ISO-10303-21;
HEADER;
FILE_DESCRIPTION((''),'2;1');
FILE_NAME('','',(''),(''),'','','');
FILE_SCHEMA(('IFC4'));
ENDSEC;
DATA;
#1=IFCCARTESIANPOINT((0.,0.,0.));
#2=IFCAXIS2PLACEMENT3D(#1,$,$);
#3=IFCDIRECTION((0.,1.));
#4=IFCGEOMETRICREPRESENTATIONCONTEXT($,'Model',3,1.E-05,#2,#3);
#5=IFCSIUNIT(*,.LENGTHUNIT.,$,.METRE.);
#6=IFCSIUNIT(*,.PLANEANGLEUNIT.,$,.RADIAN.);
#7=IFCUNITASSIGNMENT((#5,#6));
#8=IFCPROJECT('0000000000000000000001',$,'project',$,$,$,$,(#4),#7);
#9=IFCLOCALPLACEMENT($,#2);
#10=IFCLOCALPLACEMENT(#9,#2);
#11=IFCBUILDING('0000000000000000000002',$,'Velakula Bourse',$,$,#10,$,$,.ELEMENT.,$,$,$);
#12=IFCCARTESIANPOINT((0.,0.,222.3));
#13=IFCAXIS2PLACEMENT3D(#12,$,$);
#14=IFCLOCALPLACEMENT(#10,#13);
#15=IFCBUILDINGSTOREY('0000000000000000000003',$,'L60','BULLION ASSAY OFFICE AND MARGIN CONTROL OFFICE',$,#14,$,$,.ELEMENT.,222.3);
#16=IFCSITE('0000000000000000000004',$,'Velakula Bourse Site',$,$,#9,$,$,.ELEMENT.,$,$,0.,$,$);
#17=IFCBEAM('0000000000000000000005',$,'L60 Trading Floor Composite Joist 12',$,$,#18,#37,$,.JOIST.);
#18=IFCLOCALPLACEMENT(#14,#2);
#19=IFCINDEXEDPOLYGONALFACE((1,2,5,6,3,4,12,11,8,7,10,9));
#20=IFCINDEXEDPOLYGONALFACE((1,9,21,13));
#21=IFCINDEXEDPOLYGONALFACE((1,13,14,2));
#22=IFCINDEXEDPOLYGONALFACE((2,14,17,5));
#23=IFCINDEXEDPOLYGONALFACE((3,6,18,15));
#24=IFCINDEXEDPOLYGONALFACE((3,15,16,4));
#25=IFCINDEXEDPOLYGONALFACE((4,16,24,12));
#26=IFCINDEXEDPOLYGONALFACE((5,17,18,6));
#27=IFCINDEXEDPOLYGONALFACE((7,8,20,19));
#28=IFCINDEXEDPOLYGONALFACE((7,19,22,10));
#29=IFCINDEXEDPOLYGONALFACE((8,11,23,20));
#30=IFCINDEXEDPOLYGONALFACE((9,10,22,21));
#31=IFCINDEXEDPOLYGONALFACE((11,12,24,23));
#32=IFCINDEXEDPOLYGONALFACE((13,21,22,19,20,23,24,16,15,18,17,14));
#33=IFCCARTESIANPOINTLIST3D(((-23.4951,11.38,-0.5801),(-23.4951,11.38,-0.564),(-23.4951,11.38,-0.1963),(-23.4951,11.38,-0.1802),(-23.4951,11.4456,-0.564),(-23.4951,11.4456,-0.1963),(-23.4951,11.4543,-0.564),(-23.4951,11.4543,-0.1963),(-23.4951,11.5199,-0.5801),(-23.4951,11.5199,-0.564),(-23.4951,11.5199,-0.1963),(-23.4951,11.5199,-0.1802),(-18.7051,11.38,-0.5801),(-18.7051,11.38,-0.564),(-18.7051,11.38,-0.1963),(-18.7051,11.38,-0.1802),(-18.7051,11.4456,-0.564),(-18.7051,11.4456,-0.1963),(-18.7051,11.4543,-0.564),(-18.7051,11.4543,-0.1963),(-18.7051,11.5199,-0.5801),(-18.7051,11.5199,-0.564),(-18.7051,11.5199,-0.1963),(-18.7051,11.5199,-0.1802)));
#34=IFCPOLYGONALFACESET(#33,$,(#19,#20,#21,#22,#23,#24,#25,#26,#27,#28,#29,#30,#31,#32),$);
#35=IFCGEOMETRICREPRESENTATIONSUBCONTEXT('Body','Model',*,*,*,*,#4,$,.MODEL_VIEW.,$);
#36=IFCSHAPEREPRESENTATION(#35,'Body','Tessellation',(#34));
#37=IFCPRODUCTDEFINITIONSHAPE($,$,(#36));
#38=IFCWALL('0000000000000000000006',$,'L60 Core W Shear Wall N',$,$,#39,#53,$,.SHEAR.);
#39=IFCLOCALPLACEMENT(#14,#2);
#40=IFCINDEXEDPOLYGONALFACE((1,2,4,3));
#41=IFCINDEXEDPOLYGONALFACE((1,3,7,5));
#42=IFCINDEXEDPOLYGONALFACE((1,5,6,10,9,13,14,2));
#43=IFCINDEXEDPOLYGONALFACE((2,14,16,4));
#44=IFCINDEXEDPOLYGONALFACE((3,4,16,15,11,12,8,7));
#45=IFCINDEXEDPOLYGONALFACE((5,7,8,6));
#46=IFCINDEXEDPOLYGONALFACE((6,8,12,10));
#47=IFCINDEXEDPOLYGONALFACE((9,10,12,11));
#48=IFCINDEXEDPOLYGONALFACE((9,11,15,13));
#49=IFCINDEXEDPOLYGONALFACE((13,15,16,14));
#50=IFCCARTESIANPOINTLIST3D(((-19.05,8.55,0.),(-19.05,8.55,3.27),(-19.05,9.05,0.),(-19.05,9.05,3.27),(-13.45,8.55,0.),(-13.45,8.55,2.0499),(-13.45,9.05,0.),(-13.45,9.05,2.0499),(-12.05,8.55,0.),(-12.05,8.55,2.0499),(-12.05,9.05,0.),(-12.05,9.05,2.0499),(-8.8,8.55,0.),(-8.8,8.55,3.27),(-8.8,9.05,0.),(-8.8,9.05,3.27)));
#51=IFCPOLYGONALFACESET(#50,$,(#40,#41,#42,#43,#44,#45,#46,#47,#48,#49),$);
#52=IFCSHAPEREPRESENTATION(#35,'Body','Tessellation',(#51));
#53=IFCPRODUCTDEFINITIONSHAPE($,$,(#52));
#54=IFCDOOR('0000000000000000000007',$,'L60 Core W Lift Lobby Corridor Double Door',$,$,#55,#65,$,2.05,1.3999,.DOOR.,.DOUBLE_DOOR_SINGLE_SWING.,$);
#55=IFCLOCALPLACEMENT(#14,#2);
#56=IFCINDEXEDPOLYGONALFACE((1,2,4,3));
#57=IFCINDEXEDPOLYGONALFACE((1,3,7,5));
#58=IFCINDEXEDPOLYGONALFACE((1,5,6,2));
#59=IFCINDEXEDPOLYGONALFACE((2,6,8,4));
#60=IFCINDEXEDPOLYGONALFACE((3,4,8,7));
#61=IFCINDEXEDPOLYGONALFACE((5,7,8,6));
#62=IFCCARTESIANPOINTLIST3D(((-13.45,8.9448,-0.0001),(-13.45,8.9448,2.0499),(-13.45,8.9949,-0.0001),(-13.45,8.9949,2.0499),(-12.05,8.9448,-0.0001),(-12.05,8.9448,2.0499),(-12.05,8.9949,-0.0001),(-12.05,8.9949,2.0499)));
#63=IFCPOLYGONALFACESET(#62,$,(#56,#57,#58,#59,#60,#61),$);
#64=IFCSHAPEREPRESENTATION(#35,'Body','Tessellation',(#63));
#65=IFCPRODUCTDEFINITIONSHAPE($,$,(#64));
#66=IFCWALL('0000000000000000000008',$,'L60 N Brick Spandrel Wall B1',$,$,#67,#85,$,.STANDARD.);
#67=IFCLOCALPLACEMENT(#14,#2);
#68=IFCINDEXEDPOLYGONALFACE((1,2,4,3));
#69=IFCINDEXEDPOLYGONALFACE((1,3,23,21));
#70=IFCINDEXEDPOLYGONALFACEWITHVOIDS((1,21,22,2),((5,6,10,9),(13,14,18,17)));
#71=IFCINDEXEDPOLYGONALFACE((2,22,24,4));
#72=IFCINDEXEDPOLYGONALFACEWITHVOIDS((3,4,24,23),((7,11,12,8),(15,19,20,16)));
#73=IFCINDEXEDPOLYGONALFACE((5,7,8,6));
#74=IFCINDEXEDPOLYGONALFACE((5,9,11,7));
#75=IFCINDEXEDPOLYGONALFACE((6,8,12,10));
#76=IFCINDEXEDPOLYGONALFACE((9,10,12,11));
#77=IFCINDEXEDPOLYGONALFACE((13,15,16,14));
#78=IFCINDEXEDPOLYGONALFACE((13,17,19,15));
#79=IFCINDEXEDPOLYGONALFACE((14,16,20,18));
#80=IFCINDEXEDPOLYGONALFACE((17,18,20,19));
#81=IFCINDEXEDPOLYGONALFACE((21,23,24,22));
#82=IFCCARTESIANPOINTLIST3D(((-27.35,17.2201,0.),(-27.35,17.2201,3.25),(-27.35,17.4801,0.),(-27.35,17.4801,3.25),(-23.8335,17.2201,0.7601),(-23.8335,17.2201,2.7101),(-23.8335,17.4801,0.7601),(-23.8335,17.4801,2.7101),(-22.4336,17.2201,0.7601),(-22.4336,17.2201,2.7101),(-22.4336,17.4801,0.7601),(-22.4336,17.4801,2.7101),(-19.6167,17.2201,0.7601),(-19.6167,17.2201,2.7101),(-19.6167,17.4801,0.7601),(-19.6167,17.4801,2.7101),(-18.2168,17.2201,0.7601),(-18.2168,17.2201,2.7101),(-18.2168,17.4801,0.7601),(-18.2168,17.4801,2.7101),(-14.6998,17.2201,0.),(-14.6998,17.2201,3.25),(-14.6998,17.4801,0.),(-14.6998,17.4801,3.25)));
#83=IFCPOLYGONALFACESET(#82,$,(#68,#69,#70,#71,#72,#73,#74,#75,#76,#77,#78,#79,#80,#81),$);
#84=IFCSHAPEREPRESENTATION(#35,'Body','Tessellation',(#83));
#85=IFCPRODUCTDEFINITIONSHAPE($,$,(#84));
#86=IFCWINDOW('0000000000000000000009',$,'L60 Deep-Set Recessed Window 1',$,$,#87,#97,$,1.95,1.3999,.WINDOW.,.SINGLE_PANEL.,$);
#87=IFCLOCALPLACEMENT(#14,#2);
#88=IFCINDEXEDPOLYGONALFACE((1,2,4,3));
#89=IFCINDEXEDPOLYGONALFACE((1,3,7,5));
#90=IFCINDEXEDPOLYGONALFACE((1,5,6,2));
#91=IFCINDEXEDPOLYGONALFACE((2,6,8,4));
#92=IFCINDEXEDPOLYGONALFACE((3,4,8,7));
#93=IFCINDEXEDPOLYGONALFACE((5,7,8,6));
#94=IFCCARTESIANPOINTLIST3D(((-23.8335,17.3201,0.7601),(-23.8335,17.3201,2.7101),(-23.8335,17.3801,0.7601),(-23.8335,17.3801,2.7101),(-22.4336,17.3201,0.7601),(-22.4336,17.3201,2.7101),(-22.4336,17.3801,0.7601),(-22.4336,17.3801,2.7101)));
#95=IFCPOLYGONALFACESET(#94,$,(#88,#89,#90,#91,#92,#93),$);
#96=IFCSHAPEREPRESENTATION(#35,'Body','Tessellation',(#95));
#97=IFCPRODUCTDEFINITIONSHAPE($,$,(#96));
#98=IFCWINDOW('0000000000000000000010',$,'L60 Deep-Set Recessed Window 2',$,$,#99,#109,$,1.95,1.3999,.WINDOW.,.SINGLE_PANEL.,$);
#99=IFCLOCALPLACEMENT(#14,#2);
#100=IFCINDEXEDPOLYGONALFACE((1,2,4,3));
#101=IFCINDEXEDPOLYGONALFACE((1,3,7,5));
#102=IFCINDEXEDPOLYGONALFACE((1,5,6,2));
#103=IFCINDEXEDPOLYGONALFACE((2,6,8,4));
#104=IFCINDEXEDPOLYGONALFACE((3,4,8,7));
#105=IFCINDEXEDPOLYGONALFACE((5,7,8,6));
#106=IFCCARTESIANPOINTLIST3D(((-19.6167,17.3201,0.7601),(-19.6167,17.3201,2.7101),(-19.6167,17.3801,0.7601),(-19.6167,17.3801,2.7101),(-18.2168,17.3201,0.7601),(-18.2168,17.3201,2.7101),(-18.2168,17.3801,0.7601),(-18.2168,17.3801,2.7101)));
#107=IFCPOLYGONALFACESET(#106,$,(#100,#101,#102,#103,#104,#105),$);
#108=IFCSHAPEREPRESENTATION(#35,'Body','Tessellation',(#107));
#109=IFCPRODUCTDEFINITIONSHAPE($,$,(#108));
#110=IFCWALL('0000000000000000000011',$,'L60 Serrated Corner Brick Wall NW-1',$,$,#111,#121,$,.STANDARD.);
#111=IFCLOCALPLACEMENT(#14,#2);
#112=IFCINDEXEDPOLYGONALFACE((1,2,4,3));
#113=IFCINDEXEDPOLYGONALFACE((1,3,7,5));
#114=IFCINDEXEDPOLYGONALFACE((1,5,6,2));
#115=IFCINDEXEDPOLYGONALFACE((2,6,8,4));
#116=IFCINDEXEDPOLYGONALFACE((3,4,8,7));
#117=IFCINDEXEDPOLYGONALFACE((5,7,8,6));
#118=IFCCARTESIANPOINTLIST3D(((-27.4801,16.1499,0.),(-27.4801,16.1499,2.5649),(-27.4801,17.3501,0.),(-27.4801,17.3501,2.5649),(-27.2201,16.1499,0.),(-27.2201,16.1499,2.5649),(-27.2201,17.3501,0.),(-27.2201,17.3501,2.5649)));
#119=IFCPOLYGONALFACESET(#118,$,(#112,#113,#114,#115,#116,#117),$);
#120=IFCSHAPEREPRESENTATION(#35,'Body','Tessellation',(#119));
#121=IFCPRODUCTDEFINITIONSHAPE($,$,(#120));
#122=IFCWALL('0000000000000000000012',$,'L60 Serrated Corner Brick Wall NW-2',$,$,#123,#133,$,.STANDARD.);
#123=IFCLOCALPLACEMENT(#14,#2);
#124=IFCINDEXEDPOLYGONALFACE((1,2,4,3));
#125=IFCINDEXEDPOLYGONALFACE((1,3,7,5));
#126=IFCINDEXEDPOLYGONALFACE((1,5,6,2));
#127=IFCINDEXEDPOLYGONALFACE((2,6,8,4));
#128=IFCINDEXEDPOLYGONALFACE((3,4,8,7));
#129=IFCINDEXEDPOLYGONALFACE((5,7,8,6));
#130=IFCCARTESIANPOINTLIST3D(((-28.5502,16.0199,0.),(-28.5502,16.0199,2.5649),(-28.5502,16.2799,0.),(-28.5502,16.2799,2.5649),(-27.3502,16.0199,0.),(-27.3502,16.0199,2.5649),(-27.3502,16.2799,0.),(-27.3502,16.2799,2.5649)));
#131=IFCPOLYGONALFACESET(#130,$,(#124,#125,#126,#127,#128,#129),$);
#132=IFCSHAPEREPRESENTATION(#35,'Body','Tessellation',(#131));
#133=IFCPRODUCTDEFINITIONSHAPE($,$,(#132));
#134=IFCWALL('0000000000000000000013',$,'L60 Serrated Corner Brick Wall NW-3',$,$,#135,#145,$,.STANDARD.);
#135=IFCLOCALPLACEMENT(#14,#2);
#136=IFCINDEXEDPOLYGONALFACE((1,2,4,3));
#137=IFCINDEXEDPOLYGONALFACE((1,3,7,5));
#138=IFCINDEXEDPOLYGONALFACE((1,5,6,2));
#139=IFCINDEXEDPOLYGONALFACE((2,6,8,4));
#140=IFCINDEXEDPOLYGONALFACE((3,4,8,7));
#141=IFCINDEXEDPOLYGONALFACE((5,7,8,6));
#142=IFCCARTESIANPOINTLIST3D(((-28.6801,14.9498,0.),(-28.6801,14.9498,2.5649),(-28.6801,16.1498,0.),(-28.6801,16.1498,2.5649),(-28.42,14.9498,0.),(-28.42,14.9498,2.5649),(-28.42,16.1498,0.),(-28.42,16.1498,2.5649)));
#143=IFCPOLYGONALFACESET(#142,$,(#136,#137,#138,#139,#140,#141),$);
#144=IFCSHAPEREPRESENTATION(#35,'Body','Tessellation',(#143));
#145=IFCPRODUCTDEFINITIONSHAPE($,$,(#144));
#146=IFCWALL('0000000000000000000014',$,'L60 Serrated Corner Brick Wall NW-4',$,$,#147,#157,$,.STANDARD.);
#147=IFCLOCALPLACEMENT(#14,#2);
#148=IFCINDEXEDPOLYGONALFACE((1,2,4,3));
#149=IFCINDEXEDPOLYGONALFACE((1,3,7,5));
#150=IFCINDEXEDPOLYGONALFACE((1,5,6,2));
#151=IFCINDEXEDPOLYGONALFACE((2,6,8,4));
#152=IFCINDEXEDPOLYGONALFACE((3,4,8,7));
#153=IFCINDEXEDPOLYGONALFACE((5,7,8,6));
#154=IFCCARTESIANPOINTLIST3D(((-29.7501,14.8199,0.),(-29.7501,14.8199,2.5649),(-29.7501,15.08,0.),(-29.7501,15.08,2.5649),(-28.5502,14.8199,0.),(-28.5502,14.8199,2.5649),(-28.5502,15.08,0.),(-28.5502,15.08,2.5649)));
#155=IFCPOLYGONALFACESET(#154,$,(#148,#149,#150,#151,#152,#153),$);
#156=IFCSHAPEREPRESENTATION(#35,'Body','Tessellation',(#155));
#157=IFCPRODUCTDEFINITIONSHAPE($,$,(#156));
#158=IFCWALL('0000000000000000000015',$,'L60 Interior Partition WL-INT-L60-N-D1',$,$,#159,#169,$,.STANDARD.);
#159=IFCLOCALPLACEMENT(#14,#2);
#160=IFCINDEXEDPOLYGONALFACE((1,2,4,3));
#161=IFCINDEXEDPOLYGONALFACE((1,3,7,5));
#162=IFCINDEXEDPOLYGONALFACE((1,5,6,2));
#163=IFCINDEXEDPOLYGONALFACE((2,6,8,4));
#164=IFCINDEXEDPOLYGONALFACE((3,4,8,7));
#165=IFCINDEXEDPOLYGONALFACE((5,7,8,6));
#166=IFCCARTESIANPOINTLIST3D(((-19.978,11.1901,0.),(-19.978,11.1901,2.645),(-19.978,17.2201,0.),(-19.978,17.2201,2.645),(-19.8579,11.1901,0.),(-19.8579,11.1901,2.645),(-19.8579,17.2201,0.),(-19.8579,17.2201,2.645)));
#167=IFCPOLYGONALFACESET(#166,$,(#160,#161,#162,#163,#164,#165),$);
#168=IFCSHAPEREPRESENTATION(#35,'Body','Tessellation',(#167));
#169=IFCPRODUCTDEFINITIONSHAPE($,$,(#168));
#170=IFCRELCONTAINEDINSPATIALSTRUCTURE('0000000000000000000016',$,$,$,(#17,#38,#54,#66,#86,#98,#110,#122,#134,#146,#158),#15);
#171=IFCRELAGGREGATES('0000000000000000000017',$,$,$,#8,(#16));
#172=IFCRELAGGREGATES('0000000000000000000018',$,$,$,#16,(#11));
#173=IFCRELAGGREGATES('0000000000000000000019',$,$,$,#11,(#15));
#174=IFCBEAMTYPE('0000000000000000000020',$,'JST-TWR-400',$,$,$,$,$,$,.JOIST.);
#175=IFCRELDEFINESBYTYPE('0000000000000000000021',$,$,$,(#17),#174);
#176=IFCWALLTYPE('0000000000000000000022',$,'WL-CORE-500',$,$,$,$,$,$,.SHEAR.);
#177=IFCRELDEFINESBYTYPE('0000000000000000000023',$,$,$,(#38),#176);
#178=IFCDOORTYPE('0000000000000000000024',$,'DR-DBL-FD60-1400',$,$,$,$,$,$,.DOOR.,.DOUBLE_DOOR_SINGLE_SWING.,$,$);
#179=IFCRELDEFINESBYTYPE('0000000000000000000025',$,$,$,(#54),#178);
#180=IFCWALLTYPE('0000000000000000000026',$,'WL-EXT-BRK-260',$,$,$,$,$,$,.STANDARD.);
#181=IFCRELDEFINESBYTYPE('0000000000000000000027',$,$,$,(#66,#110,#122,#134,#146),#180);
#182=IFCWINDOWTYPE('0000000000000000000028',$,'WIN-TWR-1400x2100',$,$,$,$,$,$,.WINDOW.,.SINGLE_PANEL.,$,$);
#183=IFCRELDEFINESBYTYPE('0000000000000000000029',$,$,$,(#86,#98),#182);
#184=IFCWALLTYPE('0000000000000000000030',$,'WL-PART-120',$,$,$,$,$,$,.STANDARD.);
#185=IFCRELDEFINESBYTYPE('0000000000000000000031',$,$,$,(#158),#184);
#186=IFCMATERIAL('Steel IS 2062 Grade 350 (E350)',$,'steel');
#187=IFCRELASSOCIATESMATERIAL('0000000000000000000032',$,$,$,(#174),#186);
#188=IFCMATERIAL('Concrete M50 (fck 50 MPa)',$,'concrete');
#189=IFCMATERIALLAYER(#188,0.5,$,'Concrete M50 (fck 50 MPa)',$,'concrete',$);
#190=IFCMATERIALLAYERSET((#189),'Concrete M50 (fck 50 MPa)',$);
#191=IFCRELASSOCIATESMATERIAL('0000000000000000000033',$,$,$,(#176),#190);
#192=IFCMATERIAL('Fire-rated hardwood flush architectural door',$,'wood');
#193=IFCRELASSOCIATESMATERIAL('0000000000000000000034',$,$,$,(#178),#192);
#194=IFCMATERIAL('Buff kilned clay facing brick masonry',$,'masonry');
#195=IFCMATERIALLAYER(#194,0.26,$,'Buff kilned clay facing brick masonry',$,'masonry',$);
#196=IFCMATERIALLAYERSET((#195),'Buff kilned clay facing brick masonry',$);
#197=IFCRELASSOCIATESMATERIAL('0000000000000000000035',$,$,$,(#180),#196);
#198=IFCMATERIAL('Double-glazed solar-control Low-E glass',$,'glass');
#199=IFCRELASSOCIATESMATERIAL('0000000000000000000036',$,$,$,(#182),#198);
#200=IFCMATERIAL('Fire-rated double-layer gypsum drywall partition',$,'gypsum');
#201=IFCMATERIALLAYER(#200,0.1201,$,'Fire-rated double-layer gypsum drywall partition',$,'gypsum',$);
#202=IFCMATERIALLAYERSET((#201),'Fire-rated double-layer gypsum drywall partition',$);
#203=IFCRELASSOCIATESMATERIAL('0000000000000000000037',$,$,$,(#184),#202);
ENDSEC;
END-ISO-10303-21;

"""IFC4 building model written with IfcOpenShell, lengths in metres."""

from ifc_helpers import new_model, si_unit, direction, frame, frame_2d, origin, origin_2d, place, context, subcontext, project, spatial, rectangle, i_section, extrude, material, layer, layer_set, material_profile, profile_set, type_object, element, fill, save


model = new_model("IFC4")

# Units and contexts
model_context = context("Model", 3, precision=1e-05, world=origin(), true_north=direction((0.0, 1.0)))
body_context = subcontext(model_context, "Body", "Model", "MODEL_VIEW")
ifc_project = project(units=[si_unit("LENGTHUNIT", "METRE"), si_unit("PLANEANGLEUNIT", "RADIAN")], contexts=[model_context])

# Site, building, storey
site_placement = place(None, origin())
site = spatial("IfcSite", under=ifc_project, at=site_placement, Name="Velakula Bourse Site", CompositionType="ELEMENT", RefElevation=0.0)
building_placement = place(site_placement, origin())
building = spatial("IfcBuilding", under=site, at=building_placement, Name="Velakula Bourse", CompositionType="ELEMENT")
storey_placement = place(building_placement, frame((0.0, 0.0, 222.3)))
storey = spatial("IfcBuildingStorey", under=building, at=storey_placement, Name="L60", Description="BULLION ASSAY OFFICE AND MARGIN CONTROL OFFICE", CompositionType="ELEMENT", Elevation=222.3)

# Shared definitions
ifc_material_1 = material(Name="Steel IS 2062 Grade 350 (E350)", Category="steel")

# Beam
ifc_material_profile_1 = material_profile(ifc_material_1, i_section(OverallWidth=0.1399, OverallDepth=0.3999, WebThickness=0.0088, FlangeThickness=0.0161, at=origin_2d()), Name="Steel IS 2062 Grade 350 (E350)")
ifc_profile_set_1 = profile_set([ifc_material_profile_1], Name="Steel IS 2062 Grade 350 (E350)")
beam_type_1 = type_object("IfcBeamType", Name="JST-TWR-400", PredefinedType="JOIST", material=ifc_profile_set_1)
beam_1_placement = place(storey_placement, frame((-23.4951, 11.45, -0.3801), z_axis=(1.0, 0.0, 0.0), x_axis=(0.0, 1.0, 0.0)))
element("IfcBeam", 1, at=beam_1_placement, inside=storey, type_object=beam_type_1, Name="L60 Trading Floor Composite Joist 12", PredefinedType="JOIST", context=body_context, shape_type="SweptSolid", body=[
    extrude(i_section(OverallWidth=0.1399, OverallDepth=0.3999, WebThickness=0.0088, FlangeThickness=0.0161, at=origin_2d()), origin(), (0.0, 0.0, 1.0), 4.79),
])

# Wall, opening, door
ifc_material_2 = material(Name="Concrete M50 (fck 50 MPa)", Category="concrete")
ifc_layer_1 = layer(ifc_material_2, 0.5, Name="Concrete M50 (fck 50 MPa)", Category="concrete")
ifc_layer_set_1 = layer_set([ifc_layer_1], Name="Concrete M50 (fck 50 MPa)")
wall_type_1 = type_object("IfcWallType", Name="WL-CORE-500", PredefinedType="SHEAR", material=ifc_layer_set_1)
wall_1_placement = place(storey_placement, frame((-19.05, 8.8, 0.0), z_axis=(0.0, 0.0, 1.0), x_axis=(1.0, 0.0, 0.0)))
wall_1 = element("IfcWall", 2, at=wall_1_placement, inside=storey, type_object=wall_type_1, Name="L60 Core W Shear Wall N", PredefinedType="SHEAR", context=body_context, shape_type="SweptSolid", body=[
    extrude(rectangle(XDim=10.25, YDim=0.5, at=frame_2d((5.125, 0.0))), origin(), (0.0, 0.0, 1.0), 3.27),
])
opening_1_placement = place(wall_1_placement, frame((5.6001, 0.0, 0.0)))
opening_1 = element("IfcOpeningElement", 3, at=opening_1_placement, cuts=wall_1, PredefinedType="OPENING", context=body_context, shape_type="SweptSolid", body=[
    extrude(rectangle(XDim=1.3999, YDim=2.05, at=frame_2d((0.7, 1.0249))), frame((0.0, 0.26, 0.0), z_axis=(0.0, -1.0, 0.0), x_axis=(1.0, 0.0, 0.0)), (0.0, 0.0, 1.0), 0.52),
])
ifc_material_3 = material(Name="Fire-rated hardwood flush architectural door", Category="wood")
door_type_1 = type_object("IfcDoorType", Name="DR-DBL-FD60-1400", OperationType="DOUBLE_DOOR_SINGLE_SWING", PredefinedType="DOOR", material=ifc_material_3)
door_1_placement = place(opening_1_placement, origin())
door_1 = element("IfcDoor", 4, at=door_1_placement, inside=storey, type_object=door_type_1, Name="L60 Core W Lift Lobby Corridor Double Door", OperationType="DOUBLE_DOOR_SINGLE_SWING", OverallHeight=2.05, OverallWidth=1.3999, PredefinedType="DOOR", context=body_context, shape_type="SweptSolid", body=[
    extrude(rectangle(XDim=1.3999, YDim=2.05, at=frame_2d((0.7, 1.0249))), frame((0.0, 0.1948, 0.0), z_axis=(0.0, -1.0, 0.0), x_axis=(1.0, 0.0, 0.0)), (0.0, 0.0, 1.0), 0.05),
])
fill(opening_1, door_1)

# Wall, openings, windows
ifc_material_4 = material(Name="Buff kilned clay facing brick masonry", Category="masonry")
ifc_layer_2 = layer(ifc_material_4, 0.26, Name="Buff kilned clay facing brick masonry", Category="masonry")
ifc_layer_set_2 = layer_set([ifc_layer_2], Name="Buff kilned clay facing brick masonry")
wall_type_2 = type_object("IfcWallType", Name="WL-EXT-BRK-260", PredefinedType="STANDARD", material=ifc_layer_set_2)
wall_2_placement = place(storey_placement, frame((-27.3501, 17.3501, 0.0), z_axis=(0.0, 0.0, 1.0), x_axis=(1.0, 0.0, 0.0)))
wall_2 = element("IfcWall", 5, at=wall_2_placement, inside=storey, type_object=wall_type_2, Name="L60 N Brick Spandrel Wall B1", PredefinedType="STANDARD", context=body_context, shape_type="SweptSolid", body=[
    extrude(rectangle(XDim=12.6501, YDim=0.26, at=frame_2d((6.3252, 0.0))), origin(), (0.0, 0.0, 1.0), 3.25),
])
opening_2_placement = place(wall_2_placement, frame((3.5166, 0.0, 0.76)))
opening_2 = element("IfcOpeningElement", 6, at=opening_2_placement, cuts=wall_2, PredefinedType="OPENING", context=body_context, shape_type="SweptSolid", body=[
    extrude(rectangle(XDim=1.3999, YDim=1.95, at=frame_2d((0.7, 0.9751))), frame((0.0, 0.1399, 0.0), z_axis=(0.0, -1.0, 0.0), x_axis=(1.0, 0.0, 0.0)), (0.0, 0.0, 1.0), 0.28),
])
opening_3_placement = place(wall_2_placement, frame((7.7334, 0.0, 0.76)))
opening_3 = element("IfcOpeningElement", 7, at=opening_3_placement, cuts=wall_2, PredefinedType="OPENING", context=body_context, shape_type="SweptSolid", body=[
    extrude(rectangle(XDim=1.3999, YDim=1.95, at=frame_2d((0.7, 0.9751))), frame((0.0, 0.1399, 0.0), z_axis=(0.0, -1.0, 0.0), x_axis=(1.0, 0.0, 0.0)), (0.0, 0.0, 1.0), 0.28),
])
ifc_material_5 = material(Name="Double-glazed solar-control Low-E glass", Category="glass")
window_type = type_object("IfcWindowType", Name="WIN-TWR-1400x2100", PartitioningType="SINGLE_PANEL", PredefinedType="WINDOW", material=ifc_material_5)
window_1_placement = place(opening_2_placement, origin())
window_1 = element("IfcWindow", 8, at=window_1_placement, inside=storey, type_object=window_type, Name="L60 Deep-Set Recessed Window 1", OverallHeight=1.95, OverallWidth=1.3999, PartitioningType="SINGLE_PANEL", PredefinedType="WINDOW", context=body_context, shape_type="SweptSolid", body=[
    extrude(rectangle(XDim=1.3999, YDim=1.95, at=frame_2d((0.7, 0.9751))), frame((0.0, 0.03, 0.0), z_axis=(0.0, -1.0, 0.0), x_axis=(1.0, 0.0, 0.0)), (0.0, 0.0, 1.0), 0.0601),
])
fill(opening_2, window_1)
window_2_placement = place(opening_3_placement, origin())
window_2 = element("IfcWindow", 9, at=window_2_placement, inside=storey, type_object=window_type, Name="L60 Deep-Set Recessed Window 2", OverallHeight=1.95, OverallWidth=1.3999, PartitioningType="SINGLE_PANEL", PredefinedType="WINDOW", context=body_context, shape_type="SweptSolid", body=[
    extrude(rectangle(XDim=1.3999, YDim=1.95, at=frame_2d((0.7, 0.9751))), frame((0.0, 0.03, 0.0), z_axis=(0.0, -1.0, 0.0), x_axis=(1.0, 0.0, 0.0)), (0.0, 0.0, 1.0), 0.0601),
])
fill(opening_3, window_2)

# Walls
wall_3_placement = place(storey_placement, frame((-27.3501, 17.3501, 0.0), z_axis=(0.0, 0.0, 1.0), x_axis=(0.0, -1.0, 0.0)))
element("IfcWall", 10, at=wall_3_placement, inside=storey, type_object=wall_type_2, Name="L60 Serrated Corner Brick Wall NW-1", PredefinedType="STANDARD", context=body_context, shape_type="SweptSolid", body=[
    extrude(rectangle(XDim=1.2002, YDim=0.26, at=frame_2d((0.6001, 0.0))), origin(), (0.0, 0.0, 1.0), 2.5649),
])
for number, where, z_axis, x_axis, name in (
    (11, (-27.3501, 16.1499, 0.0), (0.0, 0.0, 1.0), (-1.0, 0.0, 0.0), "L60 Serrated Corner Brick Wall NW-2"),
    (12, (-28.55, 16.1499, 0.0), (0.0, 0.0, 1.0), (0.0, -1.0, 0.0), "L60 Serrated Corner Brick Wall NW-3"),
    (13, (-28.55, 14.95, 0.0), (0.0, 0.0, 1.0), (-1.0, 0.0, 0.0), "L60 Serrated Corner Brick Wall NW-4"),
):
    element("IfcWall", number, at=place(storey_placement, frame(where, z_axis=z_axis, x_axis=x_axis)), inside=storey, type_object=wall_type_2, Name=name, PredefinedType="STANDARD", context=body_context, shape_type="SweptSolid", body=[
        extrude(rectangle(XDim=1.2, YDim=0.26, at=frame_2d((0.6001, 0.0))), origin(), (0.0, 0.0, 1.0), 2.5649),
    ])
ifc_material_6 = material(Name="Fire-rated double-layer gypsum drywall partition", Category="gypsum")
ifc_layer_3 = layer(ifc_material_6, 0.1201, Name="Fire-rated double-layer gypsum drywall partition", Category="gypsum")
ifc_layer_set_3 = layer_set([ifc_layer_3], Name="Fire-rated double-layer gypsum drywall partition")
wall_type_3 = type_object("IfcWallType", Name="WL-PART-120", PredefinedType="STANDARD", material=ifc_layer_set_3)
wall_4_placement = place(storey_placement, frame((-19.918, 11.1899, 0.0), z_axis=(0.0, 0.0, 1.0), x_axis=(0.0, 1.0, 0.0)))
element("IfcWall", 14, at=wall_4_placement, inside=storey, type_object=wall_type_3, Name="L60 Interior Partition WL-INT-L60-N-D1", PredefinedType="STANDARD", context=body_context, shape_type="SweptSolid", body=[
    extrude(rectangle(XDim=6.03, YDim=0.1201, at=frame_2d((3.0151, 0.0))), origin(), (0.0, 0.0, 1.0), 2.645),
])

save(model, "model.ifc")
